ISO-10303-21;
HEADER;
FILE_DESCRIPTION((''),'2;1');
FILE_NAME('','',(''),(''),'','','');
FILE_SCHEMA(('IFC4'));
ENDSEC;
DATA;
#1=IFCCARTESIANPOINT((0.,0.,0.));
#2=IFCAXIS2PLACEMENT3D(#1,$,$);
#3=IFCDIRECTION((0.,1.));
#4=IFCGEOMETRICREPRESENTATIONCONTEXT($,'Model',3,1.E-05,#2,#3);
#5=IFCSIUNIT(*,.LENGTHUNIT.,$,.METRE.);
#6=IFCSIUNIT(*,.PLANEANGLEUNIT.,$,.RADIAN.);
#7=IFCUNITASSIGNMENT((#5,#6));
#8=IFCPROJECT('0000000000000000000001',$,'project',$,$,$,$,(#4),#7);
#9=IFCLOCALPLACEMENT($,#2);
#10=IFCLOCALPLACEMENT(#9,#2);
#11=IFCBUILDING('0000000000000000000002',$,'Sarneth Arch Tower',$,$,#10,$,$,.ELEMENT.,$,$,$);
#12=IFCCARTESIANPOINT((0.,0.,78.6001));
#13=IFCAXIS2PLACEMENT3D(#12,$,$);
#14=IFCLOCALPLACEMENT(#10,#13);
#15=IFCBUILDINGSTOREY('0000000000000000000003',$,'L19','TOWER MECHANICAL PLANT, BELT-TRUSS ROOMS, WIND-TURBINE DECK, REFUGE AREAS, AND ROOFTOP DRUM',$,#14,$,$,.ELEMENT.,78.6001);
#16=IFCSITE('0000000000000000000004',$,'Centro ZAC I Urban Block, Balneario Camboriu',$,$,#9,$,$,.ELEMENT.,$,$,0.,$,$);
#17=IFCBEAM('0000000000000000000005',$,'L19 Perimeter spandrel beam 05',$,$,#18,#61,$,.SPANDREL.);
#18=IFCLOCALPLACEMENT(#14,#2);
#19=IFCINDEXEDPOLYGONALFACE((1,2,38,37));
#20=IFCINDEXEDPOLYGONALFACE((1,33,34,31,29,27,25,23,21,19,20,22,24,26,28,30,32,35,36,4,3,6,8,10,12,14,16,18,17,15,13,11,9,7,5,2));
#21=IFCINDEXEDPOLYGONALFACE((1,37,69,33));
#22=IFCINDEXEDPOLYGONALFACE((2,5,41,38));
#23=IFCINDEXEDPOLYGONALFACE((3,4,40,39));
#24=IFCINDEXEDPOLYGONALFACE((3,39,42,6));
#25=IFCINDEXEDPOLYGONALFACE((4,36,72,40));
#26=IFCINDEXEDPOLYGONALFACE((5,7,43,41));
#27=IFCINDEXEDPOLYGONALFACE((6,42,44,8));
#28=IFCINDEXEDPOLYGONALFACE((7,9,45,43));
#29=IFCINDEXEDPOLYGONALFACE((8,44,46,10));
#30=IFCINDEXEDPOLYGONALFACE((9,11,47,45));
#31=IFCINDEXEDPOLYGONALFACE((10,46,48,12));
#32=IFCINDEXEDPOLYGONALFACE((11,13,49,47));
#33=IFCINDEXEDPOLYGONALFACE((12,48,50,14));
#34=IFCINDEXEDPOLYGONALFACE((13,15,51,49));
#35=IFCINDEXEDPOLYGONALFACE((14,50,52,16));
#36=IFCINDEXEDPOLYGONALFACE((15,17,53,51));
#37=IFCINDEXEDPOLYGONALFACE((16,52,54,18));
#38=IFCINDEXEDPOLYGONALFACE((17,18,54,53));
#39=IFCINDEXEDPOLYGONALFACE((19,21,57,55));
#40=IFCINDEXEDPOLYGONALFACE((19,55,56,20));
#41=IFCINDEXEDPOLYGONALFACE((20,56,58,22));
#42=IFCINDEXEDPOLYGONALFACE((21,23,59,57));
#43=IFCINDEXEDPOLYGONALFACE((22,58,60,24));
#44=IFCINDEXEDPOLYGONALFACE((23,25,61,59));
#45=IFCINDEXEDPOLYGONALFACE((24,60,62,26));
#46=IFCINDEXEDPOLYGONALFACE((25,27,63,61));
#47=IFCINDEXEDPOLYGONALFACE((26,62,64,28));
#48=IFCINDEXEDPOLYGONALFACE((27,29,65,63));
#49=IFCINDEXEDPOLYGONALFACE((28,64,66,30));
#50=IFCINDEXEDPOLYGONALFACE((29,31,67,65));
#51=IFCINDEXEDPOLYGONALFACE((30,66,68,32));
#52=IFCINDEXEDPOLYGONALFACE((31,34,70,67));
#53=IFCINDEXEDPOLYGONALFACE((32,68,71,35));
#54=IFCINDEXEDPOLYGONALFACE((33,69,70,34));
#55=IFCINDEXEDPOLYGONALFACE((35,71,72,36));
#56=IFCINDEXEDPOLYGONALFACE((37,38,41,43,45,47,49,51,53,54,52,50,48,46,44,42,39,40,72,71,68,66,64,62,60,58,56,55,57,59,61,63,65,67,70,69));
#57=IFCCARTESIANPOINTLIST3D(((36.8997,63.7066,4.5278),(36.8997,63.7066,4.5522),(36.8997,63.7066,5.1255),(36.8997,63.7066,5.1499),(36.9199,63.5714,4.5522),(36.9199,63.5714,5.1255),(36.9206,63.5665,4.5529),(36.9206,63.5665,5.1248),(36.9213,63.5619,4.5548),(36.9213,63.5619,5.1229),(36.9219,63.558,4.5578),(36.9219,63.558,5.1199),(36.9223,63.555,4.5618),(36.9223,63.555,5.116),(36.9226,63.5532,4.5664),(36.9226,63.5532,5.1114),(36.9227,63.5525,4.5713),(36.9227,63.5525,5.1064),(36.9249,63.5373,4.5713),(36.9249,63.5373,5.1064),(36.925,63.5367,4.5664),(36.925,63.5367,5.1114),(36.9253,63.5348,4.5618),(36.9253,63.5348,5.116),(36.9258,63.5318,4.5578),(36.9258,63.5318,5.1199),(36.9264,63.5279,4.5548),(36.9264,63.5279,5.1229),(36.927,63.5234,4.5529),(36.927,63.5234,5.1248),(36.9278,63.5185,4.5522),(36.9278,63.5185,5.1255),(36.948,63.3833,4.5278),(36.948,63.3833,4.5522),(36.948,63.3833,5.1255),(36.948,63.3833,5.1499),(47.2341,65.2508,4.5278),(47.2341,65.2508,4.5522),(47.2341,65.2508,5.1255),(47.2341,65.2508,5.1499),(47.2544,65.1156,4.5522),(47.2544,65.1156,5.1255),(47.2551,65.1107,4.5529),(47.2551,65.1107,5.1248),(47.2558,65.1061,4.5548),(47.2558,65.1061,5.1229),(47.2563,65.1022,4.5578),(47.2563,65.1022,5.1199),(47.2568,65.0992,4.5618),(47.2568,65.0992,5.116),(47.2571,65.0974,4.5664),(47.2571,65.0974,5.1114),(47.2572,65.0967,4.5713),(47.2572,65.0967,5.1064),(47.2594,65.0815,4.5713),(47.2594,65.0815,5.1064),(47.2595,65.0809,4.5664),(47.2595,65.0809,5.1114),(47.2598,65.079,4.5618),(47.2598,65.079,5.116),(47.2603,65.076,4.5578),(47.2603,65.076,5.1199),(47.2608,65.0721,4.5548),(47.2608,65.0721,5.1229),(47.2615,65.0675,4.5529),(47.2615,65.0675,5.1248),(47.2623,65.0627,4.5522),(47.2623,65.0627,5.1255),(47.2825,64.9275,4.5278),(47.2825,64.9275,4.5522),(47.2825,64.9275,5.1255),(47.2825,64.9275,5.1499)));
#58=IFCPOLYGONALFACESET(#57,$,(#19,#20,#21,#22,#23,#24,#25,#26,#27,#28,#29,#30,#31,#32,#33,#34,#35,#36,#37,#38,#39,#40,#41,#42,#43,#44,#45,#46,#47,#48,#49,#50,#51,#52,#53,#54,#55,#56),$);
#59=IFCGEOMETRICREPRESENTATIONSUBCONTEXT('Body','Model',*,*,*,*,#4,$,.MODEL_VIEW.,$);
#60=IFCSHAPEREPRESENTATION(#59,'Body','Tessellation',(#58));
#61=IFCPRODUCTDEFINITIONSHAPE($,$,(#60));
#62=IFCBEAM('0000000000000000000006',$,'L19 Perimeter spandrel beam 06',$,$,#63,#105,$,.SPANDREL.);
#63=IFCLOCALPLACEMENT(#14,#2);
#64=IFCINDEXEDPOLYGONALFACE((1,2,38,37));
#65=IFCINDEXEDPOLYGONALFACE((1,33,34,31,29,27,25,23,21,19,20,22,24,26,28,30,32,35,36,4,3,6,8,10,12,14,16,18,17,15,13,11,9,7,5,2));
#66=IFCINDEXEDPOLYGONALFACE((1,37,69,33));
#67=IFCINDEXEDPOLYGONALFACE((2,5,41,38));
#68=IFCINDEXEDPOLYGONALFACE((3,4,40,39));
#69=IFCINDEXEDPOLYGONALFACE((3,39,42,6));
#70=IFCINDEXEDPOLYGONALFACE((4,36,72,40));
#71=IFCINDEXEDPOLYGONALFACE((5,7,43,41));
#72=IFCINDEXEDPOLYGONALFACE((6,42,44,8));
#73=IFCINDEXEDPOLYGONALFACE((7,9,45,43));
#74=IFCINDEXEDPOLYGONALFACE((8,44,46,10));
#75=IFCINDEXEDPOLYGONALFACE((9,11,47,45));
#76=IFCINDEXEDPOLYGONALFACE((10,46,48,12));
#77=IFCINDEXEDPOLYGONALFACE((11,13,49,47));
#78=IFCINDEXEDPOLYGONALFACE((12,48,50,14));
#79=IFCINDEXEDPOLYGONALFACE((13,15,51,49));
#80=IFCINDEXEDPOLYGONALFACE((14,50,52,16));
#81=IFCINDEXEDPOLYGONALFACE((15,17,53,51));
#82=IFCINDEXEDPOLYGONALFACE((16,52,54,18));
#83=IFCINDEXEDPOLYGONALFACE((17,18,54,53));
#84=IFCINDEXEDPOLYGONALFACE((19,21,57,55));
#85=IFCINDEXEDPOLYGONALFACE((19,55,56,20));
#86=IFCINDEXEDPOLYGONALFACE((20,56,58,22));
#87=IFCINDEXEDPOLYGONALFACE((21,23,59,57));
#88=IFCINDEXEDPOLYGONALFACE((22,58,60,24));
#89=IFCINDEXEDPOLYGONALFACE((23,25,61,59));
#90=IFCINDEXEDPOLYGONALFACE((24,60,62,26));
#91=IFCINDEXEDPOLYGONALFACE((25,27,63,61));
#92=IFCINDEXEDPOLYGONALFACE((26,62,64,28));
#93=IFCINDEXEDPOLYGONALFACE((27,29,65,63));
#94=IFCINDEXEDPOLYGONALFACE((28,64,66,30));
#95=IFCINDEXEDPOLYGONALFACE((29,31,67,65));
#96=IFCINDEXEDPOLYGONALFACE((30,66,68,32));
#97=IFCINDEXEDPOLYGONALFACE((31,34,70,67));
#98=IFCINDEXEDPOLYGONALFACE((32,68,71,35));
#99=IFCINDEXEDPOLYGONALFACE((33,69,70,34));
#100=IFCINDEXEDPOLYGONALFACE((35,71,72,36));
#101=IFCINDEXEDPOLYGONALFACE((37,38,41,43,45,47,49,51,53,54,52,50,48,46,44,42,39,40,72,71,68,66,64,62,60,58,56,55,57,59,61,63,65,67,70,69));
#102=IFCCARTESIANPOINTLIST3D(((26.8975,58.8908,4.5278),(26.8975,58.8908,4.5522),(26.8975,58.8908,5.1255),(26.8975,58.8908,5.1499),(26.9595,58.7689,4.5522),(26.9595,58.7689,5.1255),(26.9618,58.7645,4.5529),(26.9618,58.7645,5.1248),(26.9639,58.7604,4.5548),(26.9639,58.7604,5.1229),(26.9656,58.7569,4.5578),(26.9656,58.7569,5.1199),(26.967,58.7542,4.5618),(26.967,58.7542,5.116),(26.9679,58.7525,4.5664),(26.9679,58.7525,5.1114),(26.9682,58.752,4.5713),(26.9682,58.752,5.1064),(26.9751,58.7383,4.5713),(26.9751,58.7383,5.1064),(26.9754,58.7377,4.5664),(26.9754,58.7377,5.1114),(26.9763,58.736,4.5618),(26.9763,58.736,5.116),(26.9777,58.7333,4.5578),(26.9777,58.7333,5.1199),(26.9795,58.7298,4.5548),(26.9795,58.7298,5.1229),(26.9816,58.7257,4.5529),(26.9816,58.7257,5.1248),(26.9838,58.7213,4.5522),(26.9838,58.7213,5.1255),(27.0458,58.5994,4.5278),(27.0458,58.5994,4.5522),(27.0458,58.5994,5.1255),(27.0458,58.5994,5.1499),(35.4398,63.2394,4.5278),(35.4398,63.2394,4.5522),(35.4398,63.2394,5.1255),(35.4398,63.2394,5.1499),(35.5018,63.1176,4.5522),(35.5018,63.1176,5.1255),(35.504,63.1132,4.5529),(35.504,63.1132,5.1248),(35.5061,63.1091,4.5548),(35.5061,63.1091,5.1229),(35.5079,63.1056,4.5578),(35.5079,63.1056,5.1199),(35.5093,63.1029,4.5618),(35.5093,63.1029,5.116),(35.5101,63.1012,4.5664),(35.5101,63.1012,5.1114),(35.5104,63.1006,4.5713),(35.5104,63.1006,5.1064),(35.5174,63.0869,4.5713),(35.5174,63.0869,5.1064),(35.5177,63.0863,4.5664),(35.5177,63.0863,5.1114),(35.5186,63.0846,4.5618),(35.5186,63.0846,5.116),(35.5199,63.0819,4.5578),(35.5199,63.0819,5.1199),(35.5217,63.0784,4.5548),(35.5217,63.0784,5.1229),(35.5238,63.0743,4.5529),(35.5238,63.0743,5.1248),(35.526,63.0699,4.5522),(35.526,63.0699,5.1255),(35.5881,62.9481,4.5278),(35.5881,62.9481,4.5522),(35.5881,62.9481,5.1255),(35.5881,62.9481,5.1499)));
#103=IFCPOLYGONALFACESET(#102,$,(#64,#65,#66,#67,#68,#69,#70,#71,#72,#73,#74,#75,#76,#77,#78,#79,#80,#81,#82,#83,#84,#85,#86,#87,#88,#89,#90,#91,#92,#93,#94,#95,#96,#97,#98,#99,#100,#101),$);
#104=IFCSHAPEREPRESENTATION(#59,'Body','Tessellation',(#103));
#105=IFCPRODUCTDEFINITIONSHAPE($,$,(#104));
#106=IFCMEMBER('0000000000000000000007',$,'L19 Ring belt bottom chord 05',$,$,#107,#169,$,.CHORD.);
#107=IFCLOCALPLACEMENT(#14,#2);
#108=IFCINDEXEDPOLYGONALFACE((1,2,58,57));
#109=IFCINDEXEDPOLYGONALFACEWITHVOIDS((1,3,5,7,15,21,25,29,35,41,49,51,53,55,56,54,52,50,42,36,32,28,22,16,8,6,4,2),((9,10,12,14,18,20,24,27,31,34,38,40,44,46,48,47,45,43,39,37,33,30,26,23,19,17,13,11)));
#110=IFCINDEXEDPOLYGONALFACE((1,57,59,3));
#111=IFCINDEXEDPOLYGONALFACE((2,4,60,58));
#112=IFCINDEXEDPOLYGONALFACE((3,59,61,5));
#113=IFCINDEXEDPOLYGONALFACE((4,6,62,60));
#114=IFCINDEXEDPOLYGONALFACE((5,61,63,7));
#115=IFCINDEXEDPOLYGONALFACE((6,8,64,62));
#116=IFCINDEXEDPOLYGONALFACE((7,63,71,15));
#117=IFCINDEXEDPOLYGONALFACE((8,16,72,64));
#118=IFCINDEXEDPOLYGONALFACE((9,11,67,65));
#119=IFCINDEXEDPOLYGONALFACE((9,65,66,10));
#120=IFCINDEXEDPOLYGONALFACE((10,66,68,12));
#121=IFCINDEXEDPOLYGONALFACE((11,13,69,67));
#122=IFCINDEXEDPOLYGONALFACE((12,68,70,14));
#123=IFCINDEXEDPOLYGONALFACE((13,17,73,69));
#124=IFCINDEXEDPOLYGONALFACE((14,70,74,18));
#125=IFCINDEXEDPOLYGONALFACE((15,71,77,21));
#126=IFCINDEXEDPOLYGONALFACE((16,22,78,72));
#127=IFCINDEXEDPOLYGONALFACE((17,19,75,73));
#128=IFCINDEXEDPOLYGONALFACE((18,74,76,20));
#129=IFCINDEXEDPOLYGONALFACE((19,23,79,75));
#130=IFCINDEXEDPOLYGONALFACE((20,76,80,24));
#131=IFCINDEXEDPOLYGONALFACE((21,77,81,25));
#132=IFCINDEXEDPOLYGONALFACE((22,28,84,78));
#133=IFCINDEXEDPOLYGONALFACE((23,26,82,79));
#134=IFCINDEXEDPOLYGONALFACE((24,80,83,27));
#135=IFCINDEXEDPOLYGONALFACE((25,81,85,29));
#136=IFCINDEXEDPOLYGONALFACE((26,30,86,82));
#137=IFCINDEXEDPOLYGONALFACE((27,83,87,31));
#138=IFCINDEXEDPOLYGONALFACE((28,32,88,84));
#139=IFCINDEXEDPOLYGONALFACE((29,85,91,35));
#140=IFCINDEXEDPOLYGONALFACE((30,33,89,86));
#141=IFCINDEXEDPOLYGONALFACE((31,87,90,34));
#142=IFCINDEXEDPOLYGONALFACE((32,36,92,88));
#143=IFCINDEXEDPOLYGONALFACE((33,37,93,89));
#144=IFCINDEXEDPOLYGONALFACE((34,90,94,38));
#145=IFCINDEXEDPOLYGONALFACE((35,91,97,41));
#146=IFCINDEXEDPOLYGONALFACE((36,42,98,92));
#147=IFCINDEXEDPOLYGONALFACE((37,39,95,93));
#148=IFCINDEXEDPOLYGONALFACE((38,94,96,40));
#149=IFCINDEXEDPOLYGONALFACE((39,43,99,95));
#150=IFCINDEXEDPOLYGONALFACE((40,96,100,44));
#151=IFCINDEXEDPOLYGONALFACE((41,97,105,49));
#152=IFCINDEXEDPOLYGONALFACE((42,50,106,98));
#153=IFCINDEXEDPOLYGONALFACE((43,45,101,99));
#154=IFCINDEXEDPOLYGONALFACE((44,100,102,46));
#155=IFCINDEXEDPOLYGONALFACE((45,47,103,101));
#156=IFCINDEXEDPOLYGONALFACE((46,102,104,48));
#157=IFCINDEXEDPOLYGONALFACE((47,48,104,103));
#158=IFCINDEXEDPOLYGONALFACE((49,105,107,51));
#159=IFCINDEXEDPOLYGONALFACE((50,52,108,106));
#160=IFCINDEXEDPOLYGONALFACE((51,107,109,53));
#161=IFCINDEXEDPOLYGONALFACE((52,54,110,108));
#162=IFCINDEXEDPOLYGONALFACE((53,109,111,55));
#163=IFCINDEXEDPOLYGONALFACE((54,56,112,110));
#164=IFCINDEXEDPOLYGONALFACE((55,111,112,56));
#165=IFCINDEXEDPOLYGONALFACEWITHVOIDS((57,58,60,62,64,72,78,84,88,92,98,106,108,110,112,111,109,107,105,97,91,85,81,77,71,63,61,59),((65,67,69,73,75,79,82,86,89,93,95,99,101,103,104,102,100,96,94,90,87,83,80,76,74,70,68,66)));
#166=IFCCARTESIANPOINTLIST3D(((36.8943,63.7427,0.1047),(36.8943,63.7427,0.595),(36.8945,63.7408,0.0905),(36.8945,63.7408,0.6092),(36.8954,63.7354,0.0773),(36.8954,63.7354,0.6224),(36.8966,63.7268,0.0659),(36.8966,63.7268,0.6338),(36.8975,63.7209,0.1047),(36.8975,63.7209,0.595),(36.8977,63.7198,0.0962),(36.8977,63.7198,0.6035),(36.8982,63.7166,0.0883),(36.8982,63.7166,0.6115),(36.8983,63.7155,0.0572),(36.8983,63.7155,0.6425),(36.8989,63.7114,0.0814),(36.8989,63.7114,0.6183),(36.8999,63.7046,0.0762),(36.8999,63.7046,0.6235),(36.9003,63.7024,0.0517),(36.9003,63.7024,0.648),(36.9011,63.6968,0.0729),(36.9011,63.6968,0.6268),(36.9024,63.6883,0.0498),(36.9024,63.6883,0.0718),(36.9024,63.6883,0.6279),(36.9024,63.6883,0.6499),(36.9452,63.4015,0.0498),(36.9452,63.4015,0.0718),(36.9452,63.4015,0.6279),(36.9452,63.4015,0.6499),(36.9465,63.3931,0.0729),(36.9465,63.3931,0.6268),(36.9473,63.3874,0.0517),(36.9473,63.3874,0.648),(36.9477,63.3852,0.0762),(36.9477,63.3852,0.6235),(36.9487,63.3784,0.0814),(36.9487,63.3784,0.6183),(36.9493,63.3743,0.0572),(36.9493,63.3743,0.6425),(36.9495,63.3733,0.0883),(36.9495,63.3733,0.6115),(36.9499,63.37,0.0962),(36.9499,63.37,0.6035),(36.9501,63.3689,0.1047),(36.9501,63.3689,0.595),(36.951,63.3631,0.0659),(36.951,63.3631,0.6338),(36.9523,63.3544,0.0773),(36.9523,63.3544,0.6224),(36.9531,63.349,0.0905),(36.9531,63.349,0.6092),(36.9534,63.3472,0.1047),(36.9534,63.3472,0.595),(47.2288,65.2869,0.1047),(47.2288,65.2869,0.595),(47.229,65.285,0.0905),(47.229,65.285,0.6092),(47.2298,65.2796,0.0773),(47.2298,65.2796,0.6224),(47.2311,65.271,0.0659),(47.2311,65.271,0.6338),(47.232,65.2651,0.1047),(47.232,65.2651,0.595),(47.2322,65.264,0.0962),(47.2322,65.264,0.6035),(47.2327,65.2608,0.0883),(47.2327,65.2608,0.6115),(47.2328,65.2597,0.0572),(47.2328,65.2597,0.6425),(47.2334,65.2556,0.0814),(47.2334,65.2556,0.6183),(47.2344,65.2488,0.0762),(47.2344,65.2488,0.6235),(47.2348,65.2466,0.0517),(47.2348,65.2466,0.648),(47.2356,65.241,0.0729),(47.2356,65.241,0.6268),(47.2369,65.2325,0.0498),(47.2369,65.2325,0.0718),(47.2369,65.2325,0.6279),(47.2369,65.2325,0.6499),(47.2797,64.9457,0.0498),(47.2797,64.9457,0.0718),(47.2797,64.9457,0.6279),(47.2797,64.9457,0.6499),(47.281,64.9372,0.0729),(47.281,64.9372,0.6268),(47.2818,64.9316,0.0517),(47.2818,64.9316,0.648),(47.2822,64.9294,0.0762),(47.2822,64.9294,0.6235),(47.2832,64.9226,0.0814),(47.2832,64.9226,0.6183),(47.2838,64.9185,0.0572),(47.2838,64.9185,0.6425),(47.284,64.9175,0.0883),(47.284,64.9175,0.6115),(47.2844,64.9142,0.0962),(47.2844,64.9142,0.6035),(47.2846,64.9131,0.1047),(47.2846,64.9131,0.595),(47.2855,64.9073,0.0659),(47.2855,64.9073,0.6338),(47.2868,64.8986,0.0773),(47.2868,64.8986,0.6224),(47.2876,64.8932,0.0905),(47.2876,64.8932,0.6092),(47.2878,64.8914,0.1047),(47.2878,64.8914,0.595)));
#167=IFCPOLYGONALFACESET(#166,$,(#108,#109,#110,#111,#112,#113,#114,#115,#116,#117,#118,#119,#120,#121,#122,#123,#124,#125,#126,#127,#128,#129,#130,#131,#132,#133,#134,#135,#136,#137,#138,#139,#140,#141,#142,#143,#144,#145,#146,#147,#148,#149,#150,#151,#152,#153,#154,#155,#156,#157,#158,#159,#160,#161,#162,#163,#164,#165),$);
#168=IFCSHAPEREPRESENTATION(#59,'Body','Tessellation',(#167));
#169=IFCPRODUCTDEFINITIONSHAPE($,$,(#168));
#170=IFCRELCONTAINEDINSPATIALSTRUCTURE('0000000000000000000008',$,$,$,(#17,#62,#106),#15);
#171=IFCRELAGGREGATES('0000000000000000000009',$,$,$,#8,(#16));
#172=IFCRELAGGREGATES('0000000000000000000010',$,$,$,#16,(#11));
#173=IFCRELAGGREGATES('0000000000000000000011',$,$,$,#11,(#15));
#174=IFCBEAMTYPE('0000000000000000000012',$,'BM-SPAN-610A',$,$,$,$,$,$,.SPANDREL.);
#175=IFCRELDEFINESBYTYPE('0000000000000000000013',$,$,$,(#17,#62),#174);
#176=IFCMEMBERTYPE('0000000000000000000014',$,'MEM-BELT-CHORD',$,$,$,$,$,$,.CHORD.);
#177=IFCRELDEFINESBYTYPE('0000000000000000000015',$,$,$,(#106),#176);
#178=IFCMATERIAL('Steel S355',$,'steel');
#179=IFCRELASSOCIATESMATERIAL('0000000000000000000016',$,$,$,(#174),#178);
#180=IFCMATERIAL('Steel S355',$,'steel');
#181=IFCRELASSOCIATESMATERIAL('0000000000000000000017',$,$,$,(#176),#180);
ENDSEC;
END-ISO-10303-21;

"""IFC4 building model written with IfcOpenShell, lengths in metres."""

from ifc_helpers import new_model, si_unit, direction, frame, origin, origin_2d, place, context, subcontext, project, spatial, hollow_rectangle, i_section, extrude, material, material_profile, profile_set, type_object, element, save


model = new_model("IFC4")

# Units and contexts
model_context = context("Model", 3, precision=1e-05, world=origin(), true_north=direction((0.0, 1.0)))
body_context = subcontext(model_context, "Body", "Model", "MODEL_VIEW")
ifc_project = project(units=[si_unit("LENGTHUNIT", "METRE"), si_unit("PLANEANGLEUNIT", "RADIAN")], contexts=[model_context])

# Site, building, storey
site_placement = place(None, origin())
site = spatial("IfcSite", under=ifc_project, at=site_placement, Name="Centro ZAC I Urban Block, Balneario Camboriu", CompositionType="ELEMENT", RefElevation=0.0)
building_placement = place(site_placement, origin())
building = spatial("IfcBuilding", under=site, at=building_placement, Name="Sarneth Arch Tower", CompositionType="ELEMENT")
storey_placement = place(building_placement, frame((0.0, 0.0, 78.6001)))
storey = spatial("IfcBuildingStorey", under=building, at=storey_placement, Name="L19", Description="TOWER MECHANICAL PLANT, BELT-TRUSS ROOMS, WIND-TURBINE DECK, REFUGE AREAS, AND ROOFTOP DRUM", CompositionType="ELEMENT", Elevation=78.6001)

# Beams
ifc_material_1 = material(Name="Steel S355", Category="steel")
ifc_material_profile_1 = material_profile(ifc_material_1, i_section(OverallWidth=0.3269, OverallDepth=0.6221, WebThickness=0.0154, FlangeThickness=0.0244, FilletRadius=0.019, at=origin_2d()), Name="W610x195")
ifc_profile_set_1 = profile_set([ifc_material_profile_1], Name="Steel S355")
beam_type = type_object("IfcBeamType", Name="BM-SPAN-610A", PredefinedType="SPANDREL", material=ifc_profile_set_1)
beam_1_placement = place(storey_placement, frame((47.2583, 65.0891, 4.8389), z_axis=(-0.98902, -0.147781, 0.0), x_axis=(0.147781, -0.98902, 0.0)))
element("IfcBeam", 1, at=beam_1_placement, inside=storey, type_object=beam_type, Name="L19 Perimeter spandrel beam 05", PredefinedType="SPANDREL", context=body_context, shape_type="SweptSolid", body=[
    extrude(i_section(OverallWidth=0.3269, OverallDepth=0.6221, WebThickness=0.0154, FlangeThickness=0.0244, FilletRadius=0.019, at=origin_2d()), origin(), (0.0, 0.0, 1.0), 10.4492),
])
beam_2_placement = place(storey_placement, frame((35.5139, 63.0938, 4.8389), z_axis=(-0.891169, -0.453671, 0.0), x_axis=(0.453671, -0.891169, 0.0)))
element("IfcBeam", 2, at=beam_2_placement, inside=storey, type_object=beam_type, Name="L19 Perimeter spandrel beam 06", PredefinedType="SPANDREL", context=body_context, shape_type="SweptSolid", body=[
    extrude(i_section(OverallWidth=0.3269, OverallDepth=0.6221, WebThickness=0.0154, FlangeThickness=0.0244, FilletRadius=0.019, at=origin_2d()), origin(), (0.0, 0.0, 1.0), 9.5854),
])

# Member
ifc_material_2 = material(Name="Steel S355", Category="steel")
ifc_material_profile_2 = material_profile(ifc_material_2, hollow_rectangle(XDim=0.3999, YDim=0.6001, WallThickness=0.022, InnerFilletRadius=0.033, OuterFilletRadius=0.0549, at=origin_2d()), Name="RHS600x400x22")
ifc_profile_set_2 = profile_set([ifc_material_profile_2], Name="Steel S355")
member_type_1 = type_object("IfcMemberType", Name="MEM-BELT-CHORD", PredefinedType="CHORD", material=ifc_profile_set_2)
member_1_placement = place(storey_placement, frame((47.2583, 65.0891, 0.3499), z_axis=(-0.98902, -0.147781, 0.0), x_axis=(0.147781, -0.98902, 0.0)))
element("IfcMember", 3, at=member_1_placement, inside=storey, type_object=member_type_1, Name="L19 Ring belt bottom chord 05", PredefinedType="CHORD", context=body_context, shape_type="SweptSolid", body=[
    extrude(hollow_rectangle(XDim=0.3999, YDim=0.6001, WallThickness=0.022, InnerFilletRadius=0.033, OuterFilletRadius=0.0549, at=origin_2d()), origin(), (0.0, 0.0, 1.0), 10.4492),
])

save(model, "model.ifc")
